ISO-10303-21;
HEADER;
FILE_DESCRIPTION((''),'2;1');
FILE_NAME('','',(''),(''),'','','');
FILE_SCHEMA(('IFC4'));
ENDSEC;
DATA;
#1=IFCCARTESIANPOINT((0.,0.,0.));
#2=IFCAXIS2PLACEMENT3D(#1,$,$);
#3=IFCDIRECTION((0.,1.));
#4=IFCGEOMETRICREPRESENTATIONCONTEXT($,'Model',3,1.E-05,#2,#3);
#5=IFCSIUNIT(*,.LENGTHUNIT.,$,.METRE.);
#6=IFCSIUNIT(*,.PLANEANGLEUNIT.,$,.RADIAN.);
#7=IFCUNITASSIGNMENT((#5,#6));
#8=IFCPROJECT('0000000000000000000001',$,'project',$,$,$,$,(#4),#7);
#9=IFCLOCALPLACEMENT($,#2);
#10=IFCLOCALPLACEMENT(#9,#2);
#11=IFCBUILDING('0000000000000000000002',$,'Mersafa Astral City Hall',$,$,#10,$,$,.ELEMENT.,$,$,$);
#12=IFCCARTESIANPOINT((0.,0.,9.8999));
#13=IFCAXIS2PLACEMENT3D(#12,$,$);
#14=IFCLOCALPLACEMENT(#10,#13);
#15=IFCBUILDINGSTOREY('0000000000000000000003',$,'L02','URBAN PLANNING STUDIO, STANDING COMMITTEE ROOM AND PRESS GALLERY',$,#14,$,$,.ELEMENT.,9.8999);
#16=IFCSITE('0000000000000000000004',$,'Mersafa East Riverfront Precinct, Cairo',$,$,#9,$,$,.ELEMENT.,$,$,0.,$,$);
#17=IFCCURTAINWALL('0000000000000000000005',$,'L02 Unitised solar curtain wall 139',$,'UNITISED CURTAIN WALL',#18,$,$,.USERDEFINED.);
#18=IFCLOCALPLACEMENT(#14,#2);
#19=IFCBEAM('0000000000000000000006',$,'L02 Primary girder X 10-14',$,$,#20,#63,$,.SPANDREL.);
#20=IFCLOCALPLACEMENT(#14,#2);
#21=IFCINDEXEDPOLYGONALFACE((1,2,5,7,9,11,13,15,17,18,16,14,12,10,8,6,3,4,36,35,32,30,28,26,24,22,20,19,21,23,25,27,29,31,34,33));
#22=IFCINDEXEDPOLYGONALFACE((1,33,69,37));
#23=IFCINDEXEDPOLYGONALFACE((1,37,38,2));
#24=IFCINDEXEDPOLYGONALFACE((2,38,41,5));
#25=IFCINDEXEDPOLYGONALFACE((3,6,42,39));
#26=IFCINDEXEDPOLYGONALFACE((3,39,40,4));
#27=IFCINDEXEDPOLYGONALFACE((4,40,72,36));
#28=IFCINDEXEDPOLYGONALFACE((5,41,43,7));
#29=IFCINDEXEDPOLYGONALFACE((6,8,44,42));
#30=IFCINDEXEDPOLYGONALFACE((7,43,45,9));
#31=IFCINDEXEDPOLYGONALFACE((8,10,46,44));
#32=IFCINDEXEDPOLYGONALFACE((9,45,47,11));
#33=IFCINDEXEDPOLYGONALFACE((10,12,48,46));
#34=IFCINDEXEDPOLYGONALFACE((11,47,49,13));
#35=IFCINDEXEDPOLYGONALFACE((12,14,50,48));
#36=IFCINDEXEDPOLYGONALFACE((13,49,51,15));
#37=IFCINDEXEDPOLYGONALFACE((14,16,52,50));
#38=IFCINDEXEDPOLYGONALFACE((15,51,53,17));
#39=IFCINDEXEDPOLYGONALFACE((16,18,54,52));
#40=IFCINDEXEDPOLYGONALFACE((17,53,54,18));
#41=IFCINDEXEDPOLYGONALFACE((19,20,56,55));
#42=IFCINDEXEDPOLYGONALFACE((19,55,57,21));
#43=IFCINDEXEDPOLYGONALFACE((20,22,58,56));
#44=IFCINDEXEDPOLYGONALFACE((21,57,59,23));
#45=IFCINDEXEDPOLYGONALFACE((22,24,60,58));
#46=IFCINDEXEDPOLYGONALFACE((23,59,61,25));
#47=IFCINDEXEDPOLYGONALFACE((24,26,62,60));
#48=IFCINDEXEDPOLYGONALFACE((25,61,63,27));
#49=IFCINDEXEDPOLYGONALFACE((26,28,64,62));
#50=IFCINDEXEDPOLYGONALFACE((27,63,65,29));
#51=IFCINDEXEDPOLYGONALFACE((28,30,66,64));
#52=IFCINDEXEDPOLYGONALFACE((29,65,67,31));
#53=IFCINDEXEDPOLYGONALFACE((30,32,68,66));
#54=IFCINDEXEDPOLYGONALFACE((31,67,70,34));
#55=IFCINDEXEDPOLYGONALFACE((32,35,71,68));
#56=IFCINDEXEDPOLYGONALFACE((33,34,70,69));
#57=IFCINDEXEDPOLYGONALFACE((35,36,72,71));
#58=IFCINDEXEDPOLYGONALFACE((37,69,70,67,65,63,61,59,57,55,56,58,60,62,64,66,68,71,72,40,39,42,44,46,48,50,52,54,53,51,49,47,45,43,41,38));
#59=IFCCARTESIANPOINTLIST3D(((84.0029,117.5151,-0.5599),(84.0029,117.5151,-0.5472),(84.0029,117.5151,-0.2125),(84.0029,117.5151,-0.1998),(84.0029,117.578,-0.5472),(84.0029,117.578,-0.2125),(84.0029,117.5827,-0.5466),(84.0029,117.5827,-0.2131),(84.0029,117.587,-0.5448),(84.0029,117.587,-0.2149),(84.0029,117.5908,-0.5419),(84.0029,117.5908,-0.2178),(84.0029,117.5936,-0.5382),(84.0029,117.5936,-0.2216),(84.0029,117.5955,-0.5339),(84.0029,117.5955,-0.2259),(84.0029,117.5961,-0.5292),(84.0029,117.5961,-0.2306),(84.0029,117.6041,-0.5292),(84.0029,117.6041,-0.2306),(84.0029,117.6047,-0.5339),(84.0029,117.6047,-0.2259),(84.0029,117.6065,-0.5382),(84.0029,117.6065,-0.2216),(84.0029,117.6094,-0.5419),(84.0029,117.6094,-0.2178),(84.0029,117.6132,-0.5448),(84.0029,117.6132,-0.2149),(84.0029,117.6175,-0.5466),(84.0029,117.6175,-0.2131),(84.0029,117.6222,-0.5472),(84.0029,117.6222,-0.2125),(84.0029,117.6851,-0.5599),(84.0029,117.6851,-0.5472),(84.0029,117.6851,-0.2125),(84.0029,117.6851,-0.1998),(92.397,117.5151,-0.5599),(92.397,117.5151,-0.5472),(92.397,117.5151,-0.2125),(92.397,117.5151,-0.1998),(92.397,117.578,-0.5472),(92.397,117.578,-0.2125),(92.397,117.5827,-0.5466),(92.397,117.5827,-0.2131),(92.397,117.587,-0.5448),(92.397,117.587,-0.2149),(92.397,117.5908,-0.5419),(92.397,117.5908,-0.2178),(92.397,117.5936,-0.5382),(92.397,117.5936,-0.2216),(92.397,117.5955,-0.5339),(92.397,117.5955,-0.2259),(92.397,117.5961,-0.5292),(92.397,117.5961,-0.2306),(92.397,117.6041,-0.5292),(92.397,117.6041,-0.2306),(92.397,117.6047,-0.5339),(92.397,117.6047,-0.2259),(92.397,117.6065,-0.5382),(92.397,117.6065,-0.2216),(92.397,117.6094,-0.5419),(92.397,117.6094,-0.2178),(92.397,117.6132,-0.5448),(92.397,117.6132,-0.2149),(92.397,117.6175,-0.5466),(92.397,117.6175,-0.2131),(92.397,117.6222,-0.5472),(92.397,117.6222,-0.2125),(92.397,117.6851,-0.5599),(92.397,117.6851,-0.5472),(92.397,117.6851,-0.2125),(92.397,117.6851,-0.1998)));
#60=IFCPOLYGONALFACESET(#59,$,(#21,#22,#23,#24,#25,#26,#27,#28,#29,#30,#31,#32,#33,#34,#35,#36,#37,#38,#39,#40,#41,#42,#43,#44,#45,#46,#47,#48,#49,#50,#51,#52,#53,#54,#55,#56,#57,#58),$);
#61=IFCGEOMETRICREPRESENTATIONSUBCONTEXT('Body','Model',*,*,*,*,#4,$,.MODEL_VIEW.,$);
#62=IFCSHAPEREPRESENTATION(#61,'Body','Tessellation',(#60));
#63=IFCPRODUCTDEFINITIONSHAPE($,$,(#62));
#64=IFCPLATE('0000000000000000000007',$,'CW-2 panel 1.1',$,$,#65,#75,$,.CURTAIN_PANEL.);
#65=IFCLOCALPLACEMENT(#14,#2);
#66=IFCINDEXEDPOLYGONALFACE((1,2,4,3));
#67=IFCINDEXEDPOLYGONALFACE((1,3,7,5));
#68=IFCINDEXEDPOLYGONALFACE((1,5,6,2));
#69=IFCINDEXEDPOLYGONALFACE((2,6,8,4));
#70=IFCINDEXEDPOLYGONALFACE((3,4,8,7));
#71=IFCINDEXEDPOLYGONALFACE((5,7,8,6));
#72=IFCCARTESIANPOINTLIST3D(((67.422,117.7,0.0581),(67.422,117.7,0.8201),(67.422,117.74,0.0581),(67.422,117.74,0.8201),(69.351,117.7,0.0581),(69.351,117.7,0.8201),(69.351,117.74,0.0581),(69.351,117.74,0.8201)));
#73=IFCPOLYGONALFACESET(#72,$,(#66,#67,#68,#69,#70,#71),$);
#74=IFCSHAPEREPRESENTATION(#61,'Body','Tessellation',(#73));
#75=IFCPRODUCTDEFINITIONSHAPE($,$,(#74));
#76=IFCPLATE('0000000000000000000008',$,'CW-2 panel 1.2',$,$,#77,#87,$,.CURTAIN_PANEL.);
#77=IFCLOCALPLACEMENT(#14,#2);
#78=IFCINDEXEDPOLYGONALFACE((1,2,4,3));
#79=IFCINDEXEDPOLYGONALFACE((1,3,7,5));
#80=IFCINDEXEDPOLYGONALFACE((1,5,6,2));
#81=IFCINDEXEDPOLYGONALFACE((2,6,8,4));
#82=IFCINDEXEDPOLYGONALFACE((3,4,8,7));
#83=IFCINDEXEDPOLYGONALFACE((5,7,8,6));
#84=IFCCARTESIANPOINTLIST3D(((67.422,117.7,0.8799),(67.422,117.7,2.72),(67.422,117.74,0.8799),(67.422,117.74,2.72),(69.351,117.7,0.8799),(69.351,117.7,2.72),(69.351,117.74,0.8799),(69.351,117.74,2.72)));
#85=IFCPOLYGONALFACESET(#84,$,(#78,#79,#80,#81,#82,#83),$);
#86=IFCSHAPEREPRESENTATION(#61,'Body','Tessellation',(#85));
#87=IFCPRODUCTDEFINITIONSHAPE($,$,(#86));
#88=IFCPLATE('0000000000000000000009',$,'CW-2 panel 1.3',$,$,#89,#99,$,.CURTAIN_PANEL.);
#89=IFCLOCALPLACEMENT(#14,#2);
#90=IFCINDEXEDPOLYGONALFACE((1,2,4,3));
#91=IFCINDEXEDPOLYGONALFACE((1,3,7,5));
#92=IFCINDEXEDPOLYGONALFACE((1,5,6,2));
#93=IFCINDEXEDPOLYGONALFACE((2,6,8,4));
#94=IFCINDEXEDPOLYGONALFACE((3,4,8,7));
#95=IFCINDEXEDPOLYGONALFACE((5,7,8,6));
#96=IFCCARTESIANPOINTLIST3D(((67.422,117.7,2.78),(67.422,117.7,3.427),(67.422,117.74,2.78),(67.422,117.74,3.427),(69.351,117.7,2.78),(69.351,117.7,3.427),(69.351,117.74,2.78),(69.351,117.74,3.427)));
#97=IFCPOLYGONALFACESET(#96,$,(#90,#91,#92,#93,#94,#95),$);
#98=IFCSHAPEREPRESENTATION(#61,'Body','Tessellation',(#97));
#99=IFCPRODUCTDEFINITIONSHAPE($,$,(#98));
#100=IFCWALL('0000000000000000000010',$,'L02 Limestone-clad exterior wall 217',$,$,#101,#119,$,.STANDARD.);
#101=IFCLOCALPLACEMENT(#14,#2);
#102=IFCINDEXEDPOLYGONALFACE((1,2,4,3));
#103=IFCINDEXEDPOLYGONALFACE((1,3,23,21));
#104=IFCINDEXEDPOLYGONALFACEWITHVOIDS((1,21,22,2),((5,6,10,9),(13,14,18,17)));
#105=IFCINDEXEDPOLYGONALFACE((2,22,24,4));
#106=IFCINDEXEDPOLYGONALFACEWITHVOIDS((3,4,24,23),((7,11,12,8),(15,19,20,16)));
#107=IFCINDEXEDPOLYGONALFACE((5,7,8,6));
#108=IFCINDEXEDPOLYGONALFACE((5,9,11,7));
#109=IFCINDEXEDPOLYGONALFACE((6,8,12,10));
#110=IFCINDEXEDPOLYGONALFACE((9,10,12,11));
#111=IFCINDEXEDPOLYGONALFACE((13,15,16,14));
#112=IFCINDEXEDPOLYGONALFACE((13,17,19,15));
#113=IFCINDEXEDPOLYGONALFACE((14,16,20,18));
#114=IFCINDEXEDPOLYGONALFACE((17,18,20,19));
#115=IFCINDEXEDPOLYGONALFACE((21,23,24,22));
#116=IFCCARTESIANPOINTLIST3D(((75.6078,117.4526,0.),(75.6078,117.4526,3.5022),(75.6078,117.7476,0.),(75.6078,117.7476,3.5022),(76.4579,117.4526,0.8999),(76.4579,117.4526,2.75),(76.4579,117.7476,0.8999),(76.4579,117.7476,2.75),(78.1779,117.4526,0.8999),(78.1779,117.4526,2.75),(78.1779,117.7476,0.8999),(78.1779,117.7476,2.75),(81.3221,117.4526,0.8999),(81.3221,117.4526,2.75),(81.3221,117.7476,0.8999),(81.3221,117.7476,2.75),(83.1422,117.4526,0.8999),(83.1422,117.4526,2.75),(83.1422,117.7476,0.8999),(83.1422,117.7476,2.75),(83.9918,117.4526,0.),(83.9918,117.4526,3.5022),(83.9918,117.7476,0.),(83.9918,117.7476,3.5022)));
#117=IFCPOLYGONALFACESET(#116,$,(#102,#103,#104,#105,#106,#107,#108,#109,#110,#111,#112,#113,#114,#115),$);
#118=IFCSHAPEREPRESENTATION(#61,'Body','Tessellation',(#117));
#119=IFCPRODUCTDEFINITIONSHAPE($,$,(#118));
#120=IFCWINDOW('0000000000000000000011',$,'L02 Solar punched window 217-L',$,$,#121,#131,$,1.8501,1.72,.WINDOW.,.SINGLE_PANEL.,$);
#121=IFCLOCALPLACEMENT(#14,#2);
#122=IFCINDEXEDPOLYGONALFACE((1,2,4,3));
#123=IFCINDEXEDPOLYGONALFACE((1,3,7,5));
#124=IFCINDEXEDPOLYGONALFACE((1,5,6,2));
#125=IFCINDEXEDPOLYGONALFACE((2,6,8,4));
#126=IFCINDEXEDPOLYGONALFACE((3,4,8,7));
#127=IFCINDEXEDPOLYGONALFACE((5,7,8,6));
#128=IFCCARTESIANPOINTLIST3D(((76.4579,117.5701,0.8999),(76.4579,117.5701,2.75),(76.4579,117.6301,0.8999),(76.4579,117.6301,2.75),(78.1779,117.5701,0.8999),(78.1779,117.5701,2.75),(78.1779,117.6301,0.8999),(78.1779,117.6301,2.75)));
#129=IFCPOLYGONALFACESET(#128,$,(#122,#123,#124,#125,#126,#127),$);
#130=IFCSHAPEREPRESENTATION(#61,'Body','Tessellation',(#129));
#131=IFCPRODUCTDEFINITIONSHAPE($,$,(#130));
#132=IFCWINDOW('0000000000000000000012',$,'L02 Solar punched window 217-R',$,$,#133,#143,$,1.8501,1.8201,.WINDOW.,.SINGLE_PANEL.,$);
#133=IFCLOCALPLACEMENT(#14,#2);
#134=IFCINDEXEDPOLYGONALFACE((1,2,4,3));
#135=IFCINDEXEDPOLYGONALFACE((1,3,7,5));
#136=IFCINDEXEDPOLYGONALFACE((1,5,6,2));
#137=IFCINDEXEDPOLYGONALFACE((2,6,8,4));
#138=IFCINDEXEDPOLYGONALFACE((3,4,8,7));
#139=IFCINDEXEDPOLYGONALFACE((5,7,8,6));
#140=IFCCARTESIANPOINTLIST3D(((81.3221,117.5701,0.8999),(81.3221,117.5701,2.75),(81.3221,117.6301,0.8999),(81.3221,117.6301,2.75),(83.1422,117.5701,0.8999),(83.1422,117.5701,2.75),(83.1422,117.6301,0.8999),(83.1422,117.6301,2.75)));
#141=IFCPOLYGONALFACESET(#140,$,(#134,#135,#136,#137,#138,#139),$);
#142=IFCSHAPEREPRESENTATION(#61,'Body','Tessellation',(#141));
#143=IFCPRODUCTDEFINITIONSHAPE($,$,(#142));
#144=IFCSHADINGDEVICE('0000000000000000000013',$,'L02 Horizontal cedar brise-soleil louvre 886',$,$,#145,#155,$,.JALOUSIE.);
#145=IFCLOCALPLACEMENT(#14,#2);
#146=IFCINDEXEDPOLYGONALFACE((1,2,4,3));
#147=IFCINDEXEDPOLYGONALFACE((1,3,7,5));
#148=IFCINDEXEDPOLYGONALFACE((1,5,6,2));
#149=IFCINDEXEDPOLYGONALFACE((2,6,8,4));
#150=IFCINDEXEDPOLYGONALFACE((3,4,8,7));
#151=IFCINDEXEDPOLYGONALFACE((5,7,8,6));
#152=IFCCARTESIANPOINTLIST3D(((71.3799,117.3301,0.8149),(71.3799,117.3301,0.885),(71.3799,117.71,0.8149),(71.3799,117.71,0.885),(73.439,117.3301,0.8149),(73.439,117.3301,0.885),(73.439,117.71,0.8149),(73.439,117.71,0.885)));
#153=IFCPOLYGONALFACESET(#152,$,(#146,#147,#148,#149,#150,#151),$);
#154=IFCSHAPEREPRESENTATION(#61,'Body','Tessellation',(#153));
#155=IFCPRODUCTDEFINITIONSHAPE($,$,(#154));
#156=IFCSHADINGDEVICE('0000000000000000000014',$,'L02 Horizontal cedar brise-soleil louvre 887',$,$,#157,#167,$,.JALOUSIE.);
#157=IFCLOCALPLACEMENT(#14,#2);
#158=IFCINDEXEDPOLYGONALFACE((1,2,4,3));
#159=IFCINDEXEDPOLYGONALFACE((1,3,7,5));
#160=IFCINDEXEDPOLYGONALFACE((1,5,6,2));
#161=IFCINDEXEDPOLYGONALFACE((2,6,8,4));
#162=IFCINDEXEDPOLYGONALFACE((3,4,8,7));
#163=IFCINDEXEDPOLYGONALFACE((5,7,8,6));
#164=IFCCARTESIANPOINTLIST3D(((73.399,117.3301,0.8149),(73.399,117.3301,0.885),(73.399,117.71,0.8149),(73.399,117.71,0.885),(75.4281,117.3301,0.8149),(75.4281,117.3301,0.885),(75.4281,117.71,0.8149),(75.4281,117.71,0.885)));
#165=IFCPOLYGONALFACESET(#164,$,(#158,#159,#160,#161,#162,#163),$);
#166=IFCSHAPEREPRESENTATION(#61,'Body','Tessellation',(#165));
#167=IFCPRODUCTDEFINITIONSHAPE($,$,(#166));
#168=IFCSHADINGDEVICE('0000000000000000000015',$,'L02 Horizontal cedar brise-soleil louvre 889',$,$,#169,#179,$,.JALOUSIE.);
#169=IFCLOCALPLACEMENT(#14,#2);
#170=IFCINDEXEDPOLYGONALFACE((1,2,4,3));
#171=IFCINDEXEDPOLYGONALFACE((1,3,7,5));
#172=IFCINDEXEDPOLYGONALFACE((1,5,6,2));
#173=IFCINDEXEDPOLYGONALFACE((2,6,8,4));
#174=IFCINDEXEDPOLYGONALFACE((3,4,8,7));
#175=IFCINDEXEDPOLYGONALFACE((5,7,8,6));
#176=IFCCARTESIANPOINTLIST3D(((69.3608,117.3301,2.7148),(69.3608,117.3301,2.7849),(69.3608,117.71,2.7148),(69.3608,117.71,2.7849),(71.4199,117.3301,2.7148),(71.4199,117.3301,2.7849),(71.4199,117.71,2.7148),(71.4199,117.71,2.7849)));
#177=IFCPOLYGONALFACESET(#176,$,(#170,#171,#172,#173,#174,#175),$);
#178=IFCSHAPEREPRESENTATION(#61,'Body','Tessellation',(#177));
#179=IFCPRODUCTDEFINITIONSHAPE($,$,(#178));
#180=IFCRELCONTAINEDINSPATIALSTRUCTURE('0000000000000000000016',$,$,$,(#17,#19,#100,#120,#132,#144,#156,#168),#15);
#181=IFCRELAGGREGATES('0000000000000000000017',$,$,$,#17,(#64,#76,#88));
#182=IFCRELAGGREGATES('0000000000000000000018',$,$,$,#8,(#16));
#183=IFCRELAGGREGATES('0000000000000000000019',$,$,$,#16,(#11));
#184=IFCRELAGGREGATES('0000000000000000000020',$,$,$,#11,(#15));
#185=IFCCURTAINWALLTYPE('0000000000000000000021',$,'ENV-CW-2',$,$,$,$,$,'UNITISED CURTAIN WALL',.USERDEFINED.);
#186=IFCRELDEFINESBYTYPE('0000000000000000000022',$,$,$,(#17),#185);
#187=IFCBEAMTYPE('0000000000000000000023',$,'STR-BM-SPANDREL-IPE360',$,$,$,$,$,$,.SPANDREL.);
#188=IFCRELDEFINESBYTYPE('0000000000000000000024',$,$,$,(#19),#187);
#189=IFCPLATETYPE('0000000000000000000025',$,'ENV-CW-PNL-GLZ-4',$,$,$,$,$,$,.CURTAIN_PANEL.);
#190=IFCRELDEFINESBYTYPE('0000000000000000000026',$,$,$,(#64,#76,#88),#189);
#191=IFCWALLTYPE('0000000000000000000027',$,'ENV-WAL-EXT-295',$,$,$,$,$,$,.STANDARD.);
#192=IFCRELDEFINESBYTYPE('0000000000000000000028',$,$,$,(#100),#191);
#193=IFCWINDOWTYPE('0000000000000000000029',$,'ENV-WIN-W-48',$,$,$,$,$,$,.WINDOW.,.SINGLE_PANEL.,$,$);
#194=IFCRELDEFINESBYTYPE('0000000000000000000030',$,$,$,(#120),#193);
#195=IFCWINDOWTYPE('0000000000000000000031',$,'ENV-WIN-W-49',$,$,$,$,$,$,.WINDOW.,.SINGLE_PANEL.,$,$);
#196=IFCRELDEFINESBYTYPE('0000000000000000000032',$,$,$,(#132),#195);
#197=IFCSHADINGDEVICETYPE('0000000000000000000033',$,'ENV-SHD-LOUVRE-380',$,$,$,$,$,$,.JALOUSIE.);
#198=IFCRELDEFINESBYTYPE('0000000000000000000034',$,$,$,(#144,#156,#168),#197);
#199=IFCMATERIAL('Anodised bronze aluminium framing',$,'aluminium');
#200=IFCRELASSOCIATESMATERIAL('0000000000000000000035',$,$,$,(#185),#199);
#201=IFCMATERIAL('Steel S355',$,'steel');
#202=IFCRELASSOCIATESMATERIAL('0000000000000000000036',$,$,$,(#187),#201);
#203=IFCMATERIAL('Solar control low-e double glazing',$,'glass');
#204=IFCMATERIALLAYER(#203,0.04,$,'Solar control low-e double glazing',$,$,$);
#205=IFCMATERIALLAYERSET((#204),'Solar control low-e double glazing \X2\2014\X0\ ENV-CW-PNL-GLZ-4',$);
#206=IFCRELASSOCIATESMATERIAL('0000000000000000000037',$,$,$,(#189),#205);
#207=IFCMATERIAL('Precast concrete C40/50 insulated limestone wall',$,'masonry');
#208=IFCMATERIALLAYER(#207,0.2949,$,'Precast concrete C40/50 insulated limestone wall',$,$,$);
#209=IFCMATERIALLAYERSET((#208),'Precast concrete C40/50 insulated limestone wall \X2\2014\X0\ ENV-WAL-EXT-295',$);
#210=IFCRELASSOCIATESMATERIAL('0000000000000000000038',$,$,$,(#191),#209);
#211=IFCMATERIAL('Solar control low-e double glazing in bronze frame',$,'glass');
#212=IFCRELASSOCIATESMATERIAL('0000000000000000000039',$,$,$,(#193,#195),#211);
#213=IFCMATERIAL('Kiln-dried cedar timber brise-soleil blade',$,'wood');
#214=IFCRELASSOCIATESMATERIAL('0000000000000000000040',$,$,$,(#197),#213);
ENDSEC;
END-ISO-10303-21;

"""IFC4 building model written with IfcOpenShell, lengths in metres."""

from ifc_helpers import new_model, si_unit, direction, frame, frame_2d, origin, origin_2d, place, context, subcontext, project, spatial, rectangle, i_section, extrude, material, layer, layer_set, material_profile, profile_set, type_object, element, fill, aggregate, save


model = new_model("IFC4")

# Units and contexts
model_context = context("Model", 3, precision=1e-05, world=origin(), true_north=direction((0.0, 1.0)))
body_context = subcontext(model_context, "Body", "Model", "MODEL_VIEW")
ifc_project = project(units=[si_unit("LENGTHUNIT", "METRE"), si_unit("PLANEANGLEUNIT", "RADIAN")], contexts=[model_context])

# Site, building, storey
site_placement = place(None, origin())
site = spatial("IfcSite", under=ifc_project, at=site_placement, Name="Mersafa East Riverfront Precinct, Cairo", CompositionType="ELEMENT", RefElevation=0.0)
building_placement = place(site_placement, origin())
building = spatial("IfcBuilding", under=site, at=building_placement, Name="Mersafa Astral City Hall", CompositionType="ELEMENT")
storey_placement = place(building_placement, frame((0.0, 0.0, 9.8999)))
storey = spatial("IfcBuildingStorey", under=building, at=storey_placement, Name="L02", Description="URBAN PLANNING STUDIO, STANDING COMMITTEE ROOM AND PRESS GALLERY", CompositionType="ELEMENT", Elevation=9.8999)

# Shared definitions
ifc_material_1 = material(Name="Steel S355", Category="steel")

# Curtain wall
ifc_material_2 = material(Name="Anodised bronze aluminium framing", Category="aluminium")
curtain_wall_type = type_object("IfcCurtainWallType", Name="ENV-CW-2", ElementType="UNITISED CURTAIN WALL", PredefinedType="USERDEFINED", material=ifc_material_2)
curtain_wall_placement = place(storey_placement, origin())
curtain_wall = element("IfcCurtainWall", 1, at=curtain_wall_placement, inside=storey, type_object=curtain_wall_type, Name="L02 Unitised solar curtain wall 139", ObjectType="UNITISED CURTAIN WALL", PredefinedType="USERDEFINED")

# Beam
ifc_material_profile_1 = material_profile(ifc_material_1, i_section(OverallWidth=0.1699, OverallDepth=0.3601, WebThickness=0.0081, FlangeThickness=0.0127, FilletRadius=0.0181, at=origin_2d()), Name="IPE 360")
ifc_profile_set_1 = profile_set([ifc_material_profile_1], Name="Steel S355")
beam_type_1 = type_object("IfcBeamType", Name="STR-BM-SPANDREL-IPE360", PredefinedType="SPANDREL", material=ifc_profile_set_1)
beam_placement = place(storey_placement, frame((84.0029, 117.6001, -0.3799), z_axis=(1.0, 0.0, 0.0), x_axis=(0.0, 1.0, 0.0)))
element("IfcBeam", 2, at=beam_placement, inside=storey, type_object=beam_type_1, Name="L02 Primary girder X 10-14", PredefinedType="SPANDREL", context=body_context, shape_type="SweptSolid", body=[
    extrude(i_section(OverallWidth=0.1699, OverallDepth=0.3601, WebThickness=0.0081, FlangeThickness=0.0127, FilletRadius=0.0181, at=origin_2d()), origin(), (0.0, 0.0, 1.0), 8.394),
])

# Plates
ifc_material_3 = material(Name="Solar control low-e double glazing", Category="glass")
ifc_layer_1 = layer(ifc_material_3, 0.04, Name="Solar control low-e double glazing")
ifc_layer_set_1 = layer_set([ifc_layer_1], Name="Solar control low-e double glazing — ENV-CW-PNL-GLZ-4")
plate_type = type_object("IfcPlateType", Name="ENV-CW-PNL-GLZ-4", PredefinedType="CURTAIN_PANEL", material=ifc_layer_set_1)
plate_1_placement = place(storey_placement, frame((68.3865, 117.72, 0.0581), z_axis=(0.0, 0.0, 1.0), x_axis=(1.0, 0.0, 0.0)))
plate_1 = element("IfcPlate", 3, at=plate_1_placement, type_object=plate_type, Name="CW-2 panel 1.1", PredefinedType="CURTAIN_PANEL", context=body_context, shape_type="SweptSolid", body=[
    extrude(rectangle(XDim=1.929, YDim=0.04, at=origin_2d()), origin(), (0.0, 0.0, 1.0), 0.762),
])
plate_2_placement = place(storey_placement, frame((68.3865, 117.72, 0.8799), z_axis=(0.0, 0.0, 1.0), x_axis=(1.0, 0.0, 0.0)))
plate_2 = element("IfcPlate", 4, at=plate_2_placement, type_object=plate_type, Name="CW-2 panel 1.2", PredefinedType="CURTAIN_PANEL", context=body_context, shape_type="SweptSolid", body=[
    extrude(rectangle(XDim=1.929, YDim=0.04, at=origin_2d()), origin(), (0.0, 0.0, 1.0), 1.8401),
])
plate_3_placement = place(storey_placement, frame((68.3865, 117.72, 2.78), z_axis=(0.0, 0.0, 1.0), x_axis=(1.0, 0.0, 0.0)))
plate_3 = element("IfcPlate", 5, at=plate_3_placement, type_object=plate_type, Name="CW-2 panel 1.3", PredefinedType="CURTAIN_PANEL", context=body_context, shape_type="SweptSolid", body=[
    extrude(rectangle(XDim=1.929, YDim=0.04, at=origin_2d()), origin(), (0.0, 0.0, 1.0), 0.647),
])
aggregate(curtain_wall, [plate_1, plate_2, plate_3])

# Wall, openings, windows
ifc_material_4 = material(Name="Precast concrete C40/50 insulated limestone wall", Category="masonry")
ifc_layer_2 = layer(ifc_material_4, 0.2949, Name="Precast concrete C40/50 insulated limestone wall")
ifc_layer_set_2 = layer_set([ifc_layer_2], Name="Precast concrete C40/50 insulated limestone wall — ENV-WAL-EXT-295")
wall_type = type_object("IfcWallType", Name="ENV-WAL-EXT-295", PredefinedType="STANDARD", material=ifc_layer_set_2)
wall_placement = place(storey_placement, frame((75.6079, 117.6001, 0.0), z_axis=(0.0, 0.0, 1.0), x_axis=(1.0, 0.0, 0.0)))
wall = element("IfcWall", 6, at=wall_placement, inside=storey, type_object=wall_type, Name="L02 Limestone-clad exterior wall 217", PredefinedType="STANDARD", context=body_context, shape_type="SweptSolid", body=[
    extrude(rectangle(XDim=8.384, YDim=0.2949, at=frame_2d((4.1919, 0.0))), origin(), (0.0, 0.0, 1.0), 3.5022),
])
opening_1_placement = place(wall_placement, frame((0.8501, 0.0, 0.8999)))
opening_1 = element("IfcOpeningElement", 7, at=opening_1_placement, cuts=wall, PredefinedType="OPENING", context=body_context, shape_type="SweptSolid", body=[
    extrude(rectangle(XDim=1.72, YDim=1.8501, at=frame_2d((0.8599, 0.925))), frame((0.0, 0.1575, 0.0), z_axis=(0.0, -1.0, 0.0), x_axis=(1.0, 0.0, 0.0)), (0.0, 0.0, 1.0), 0.3149),
])
opening_2_placement = place(wall_placement, frame((5.7141, 0.0, 0.8999)))
opening_2 = element("IfcOpeningElement", 8, at=opening_2_placement, cuts=wall, PredefinedType="OPENING", context=body_context, shape_type="SweptSolid", body=[
    extrude(rectangle(XDim=1.8201, YDim=1.8501, at=frame_2d((0.9102, 0.925))), frame((0.0, 0.1575, 0.0), z_axis=(0.0, -1.0, 0.0), x_axis=(1.0, 0.0, 0.0)), (0.0, 0.0, 1.0), 0.3149),
])
ifc_material_5 = material(Name="Solar control low-e double glazing in bronze frame", Category="glass")
window_type_1 = type_object("IfcWindowType", Name="ENV-WIN-W-48", PartitioningType="SINGLE_PANEL", PredefinedType="WINDOW", material=ifc_material_5)
window_1_placement = place(opening_1_placement, origin())
window_1 = element("IfcWindow", 9, at=window_1_placement, inside=storey, type_object=window_type_1, Name="L02 Solar punched window 217-L", OverallHeight=1.8501, OverallWidth=1.72, PartitioningType="SINGLE_PANEL", PredefinedType="WINDOW", context=body_context, shape_type="SweptSolid", body=[
    extrude(rectangle(XDim=1.72, YDim=1.8501, at=frame_2d((0.8599, 0.925))), frame((0.0, 0.03, 0.0), z_axis=(0.0, -1.0, 0.0), x_axis=(1.0, 0.0, 0.0)), (0.0, 0.0, 1.0), 0.0601),
])
fill(opening_1, window_1)
window_type_2 = type_object("IfcWindowType", Name="ENV-WIN-W-49", PartitioningType="SINGLE_PANEL", PredefinedType="WINDOW", material=ifc_material_5)
window_2_placement = place(opening_2_placement, origin())
window_2 = element("IfcWindow", 10, at=window_2_placement, inside=storey, type_object=window_type_2, Name="L02 Solar punched window 217-R", OverallHeight=1.8501, OverallWidth=1.8201, PartitioningType="SINGLE_PANEL", PredefinedType="WINDOW", context=body_context, shape_type="SweptSolid", body=[
    extrude(rectangle(XDim=1.8201, YDim=1.8501, at=frame_2d((0.9102, 0.925))), frame((0.0, 0.03, 0.0), z_axis=(0.0, -1.0, 0.0), x_axis=(1.0, 0.0, 0.0)), (0.0, 0.0, 1.0), 0.0601),
])
fill(opening_2, window_2)

# Shading devices
ifc_material_6 = material(Name="Kiln-dried cedar timber brise-soleil blade", Category="wood")
shading_device_type = type_object("IfcShadingDeviceType", Name="ENV-SHD-LOUVRE-380", PredefinedType="JALOUSIE", material=ifc_material_6)
shading_device_1_placement = place(storey_placement, frame((72.4094, 117.52, 0.8149), z_axis=(0.0, 0.0, 1.0), x_axis=(1.0, 0.0, 0.0)))
element("IfcShadingDevice", 11, at=shading_device_1_placement, inside=storey, type_object=shading_device_type, Name="L02 Horizontal cedar brise-soleil louvre 886", PredefinedType="JALOUSIE", context=body_context, shape_type="SweptSolid", body=[
    extrude(rectangle(XDim=2.0591, YDim=0.3799, at=origin_2d()), origin(), (0.0, 0.0, 1.0), 0.0701),
])
shading_device_2_placement = place(storey_placement, frame((74.4136, 117.52, 0.8149), z_axis=(0.0, 0.0, 1.0), x_axis=(1.0, 0.0, 0.0)))
element("IfcShadingDevice", 12, at=shading_device_2_placement, inside=storey, type_object=shading_device_type, Name="L02 Horizontal cedar brise-soleil louvre 887", PredefinedType="JALOUSIE", context=body_context, shape_type="SweptSolid", body=[
    extrude(rectangle(XDim=2.0291, YDim=0.3799, at=origin_2d()), origin(), (0.0, 0.0, 1.0), 0.0701),
])
for number, where, z_axis, x_axis, name in (
    (13, (70.3904, 117.52, 2.7148), (0.0, 0.0, 1.0), (1.0, 0.0, 0.0), "L02 Horizontal cedar brise-soleil louvre 889"),
):
    element("IfcShadingDevice", number, at=place(storey_placement, frame(where, z_axis=z_axis, x_axis=x_axis)), inside=storey, type_object=shading_device_type, Name=name, PredefinedType="JALOUSIE", context=body_context, shape_type="SweptSolid", body=[
        extrude(rectangle(XDim=2.0591, YDim=0.3799, at=origin_2d()), origin(), (0.0, 0.0, 1.0), 0.0701),
    ])

save(model, "model.ifc")
